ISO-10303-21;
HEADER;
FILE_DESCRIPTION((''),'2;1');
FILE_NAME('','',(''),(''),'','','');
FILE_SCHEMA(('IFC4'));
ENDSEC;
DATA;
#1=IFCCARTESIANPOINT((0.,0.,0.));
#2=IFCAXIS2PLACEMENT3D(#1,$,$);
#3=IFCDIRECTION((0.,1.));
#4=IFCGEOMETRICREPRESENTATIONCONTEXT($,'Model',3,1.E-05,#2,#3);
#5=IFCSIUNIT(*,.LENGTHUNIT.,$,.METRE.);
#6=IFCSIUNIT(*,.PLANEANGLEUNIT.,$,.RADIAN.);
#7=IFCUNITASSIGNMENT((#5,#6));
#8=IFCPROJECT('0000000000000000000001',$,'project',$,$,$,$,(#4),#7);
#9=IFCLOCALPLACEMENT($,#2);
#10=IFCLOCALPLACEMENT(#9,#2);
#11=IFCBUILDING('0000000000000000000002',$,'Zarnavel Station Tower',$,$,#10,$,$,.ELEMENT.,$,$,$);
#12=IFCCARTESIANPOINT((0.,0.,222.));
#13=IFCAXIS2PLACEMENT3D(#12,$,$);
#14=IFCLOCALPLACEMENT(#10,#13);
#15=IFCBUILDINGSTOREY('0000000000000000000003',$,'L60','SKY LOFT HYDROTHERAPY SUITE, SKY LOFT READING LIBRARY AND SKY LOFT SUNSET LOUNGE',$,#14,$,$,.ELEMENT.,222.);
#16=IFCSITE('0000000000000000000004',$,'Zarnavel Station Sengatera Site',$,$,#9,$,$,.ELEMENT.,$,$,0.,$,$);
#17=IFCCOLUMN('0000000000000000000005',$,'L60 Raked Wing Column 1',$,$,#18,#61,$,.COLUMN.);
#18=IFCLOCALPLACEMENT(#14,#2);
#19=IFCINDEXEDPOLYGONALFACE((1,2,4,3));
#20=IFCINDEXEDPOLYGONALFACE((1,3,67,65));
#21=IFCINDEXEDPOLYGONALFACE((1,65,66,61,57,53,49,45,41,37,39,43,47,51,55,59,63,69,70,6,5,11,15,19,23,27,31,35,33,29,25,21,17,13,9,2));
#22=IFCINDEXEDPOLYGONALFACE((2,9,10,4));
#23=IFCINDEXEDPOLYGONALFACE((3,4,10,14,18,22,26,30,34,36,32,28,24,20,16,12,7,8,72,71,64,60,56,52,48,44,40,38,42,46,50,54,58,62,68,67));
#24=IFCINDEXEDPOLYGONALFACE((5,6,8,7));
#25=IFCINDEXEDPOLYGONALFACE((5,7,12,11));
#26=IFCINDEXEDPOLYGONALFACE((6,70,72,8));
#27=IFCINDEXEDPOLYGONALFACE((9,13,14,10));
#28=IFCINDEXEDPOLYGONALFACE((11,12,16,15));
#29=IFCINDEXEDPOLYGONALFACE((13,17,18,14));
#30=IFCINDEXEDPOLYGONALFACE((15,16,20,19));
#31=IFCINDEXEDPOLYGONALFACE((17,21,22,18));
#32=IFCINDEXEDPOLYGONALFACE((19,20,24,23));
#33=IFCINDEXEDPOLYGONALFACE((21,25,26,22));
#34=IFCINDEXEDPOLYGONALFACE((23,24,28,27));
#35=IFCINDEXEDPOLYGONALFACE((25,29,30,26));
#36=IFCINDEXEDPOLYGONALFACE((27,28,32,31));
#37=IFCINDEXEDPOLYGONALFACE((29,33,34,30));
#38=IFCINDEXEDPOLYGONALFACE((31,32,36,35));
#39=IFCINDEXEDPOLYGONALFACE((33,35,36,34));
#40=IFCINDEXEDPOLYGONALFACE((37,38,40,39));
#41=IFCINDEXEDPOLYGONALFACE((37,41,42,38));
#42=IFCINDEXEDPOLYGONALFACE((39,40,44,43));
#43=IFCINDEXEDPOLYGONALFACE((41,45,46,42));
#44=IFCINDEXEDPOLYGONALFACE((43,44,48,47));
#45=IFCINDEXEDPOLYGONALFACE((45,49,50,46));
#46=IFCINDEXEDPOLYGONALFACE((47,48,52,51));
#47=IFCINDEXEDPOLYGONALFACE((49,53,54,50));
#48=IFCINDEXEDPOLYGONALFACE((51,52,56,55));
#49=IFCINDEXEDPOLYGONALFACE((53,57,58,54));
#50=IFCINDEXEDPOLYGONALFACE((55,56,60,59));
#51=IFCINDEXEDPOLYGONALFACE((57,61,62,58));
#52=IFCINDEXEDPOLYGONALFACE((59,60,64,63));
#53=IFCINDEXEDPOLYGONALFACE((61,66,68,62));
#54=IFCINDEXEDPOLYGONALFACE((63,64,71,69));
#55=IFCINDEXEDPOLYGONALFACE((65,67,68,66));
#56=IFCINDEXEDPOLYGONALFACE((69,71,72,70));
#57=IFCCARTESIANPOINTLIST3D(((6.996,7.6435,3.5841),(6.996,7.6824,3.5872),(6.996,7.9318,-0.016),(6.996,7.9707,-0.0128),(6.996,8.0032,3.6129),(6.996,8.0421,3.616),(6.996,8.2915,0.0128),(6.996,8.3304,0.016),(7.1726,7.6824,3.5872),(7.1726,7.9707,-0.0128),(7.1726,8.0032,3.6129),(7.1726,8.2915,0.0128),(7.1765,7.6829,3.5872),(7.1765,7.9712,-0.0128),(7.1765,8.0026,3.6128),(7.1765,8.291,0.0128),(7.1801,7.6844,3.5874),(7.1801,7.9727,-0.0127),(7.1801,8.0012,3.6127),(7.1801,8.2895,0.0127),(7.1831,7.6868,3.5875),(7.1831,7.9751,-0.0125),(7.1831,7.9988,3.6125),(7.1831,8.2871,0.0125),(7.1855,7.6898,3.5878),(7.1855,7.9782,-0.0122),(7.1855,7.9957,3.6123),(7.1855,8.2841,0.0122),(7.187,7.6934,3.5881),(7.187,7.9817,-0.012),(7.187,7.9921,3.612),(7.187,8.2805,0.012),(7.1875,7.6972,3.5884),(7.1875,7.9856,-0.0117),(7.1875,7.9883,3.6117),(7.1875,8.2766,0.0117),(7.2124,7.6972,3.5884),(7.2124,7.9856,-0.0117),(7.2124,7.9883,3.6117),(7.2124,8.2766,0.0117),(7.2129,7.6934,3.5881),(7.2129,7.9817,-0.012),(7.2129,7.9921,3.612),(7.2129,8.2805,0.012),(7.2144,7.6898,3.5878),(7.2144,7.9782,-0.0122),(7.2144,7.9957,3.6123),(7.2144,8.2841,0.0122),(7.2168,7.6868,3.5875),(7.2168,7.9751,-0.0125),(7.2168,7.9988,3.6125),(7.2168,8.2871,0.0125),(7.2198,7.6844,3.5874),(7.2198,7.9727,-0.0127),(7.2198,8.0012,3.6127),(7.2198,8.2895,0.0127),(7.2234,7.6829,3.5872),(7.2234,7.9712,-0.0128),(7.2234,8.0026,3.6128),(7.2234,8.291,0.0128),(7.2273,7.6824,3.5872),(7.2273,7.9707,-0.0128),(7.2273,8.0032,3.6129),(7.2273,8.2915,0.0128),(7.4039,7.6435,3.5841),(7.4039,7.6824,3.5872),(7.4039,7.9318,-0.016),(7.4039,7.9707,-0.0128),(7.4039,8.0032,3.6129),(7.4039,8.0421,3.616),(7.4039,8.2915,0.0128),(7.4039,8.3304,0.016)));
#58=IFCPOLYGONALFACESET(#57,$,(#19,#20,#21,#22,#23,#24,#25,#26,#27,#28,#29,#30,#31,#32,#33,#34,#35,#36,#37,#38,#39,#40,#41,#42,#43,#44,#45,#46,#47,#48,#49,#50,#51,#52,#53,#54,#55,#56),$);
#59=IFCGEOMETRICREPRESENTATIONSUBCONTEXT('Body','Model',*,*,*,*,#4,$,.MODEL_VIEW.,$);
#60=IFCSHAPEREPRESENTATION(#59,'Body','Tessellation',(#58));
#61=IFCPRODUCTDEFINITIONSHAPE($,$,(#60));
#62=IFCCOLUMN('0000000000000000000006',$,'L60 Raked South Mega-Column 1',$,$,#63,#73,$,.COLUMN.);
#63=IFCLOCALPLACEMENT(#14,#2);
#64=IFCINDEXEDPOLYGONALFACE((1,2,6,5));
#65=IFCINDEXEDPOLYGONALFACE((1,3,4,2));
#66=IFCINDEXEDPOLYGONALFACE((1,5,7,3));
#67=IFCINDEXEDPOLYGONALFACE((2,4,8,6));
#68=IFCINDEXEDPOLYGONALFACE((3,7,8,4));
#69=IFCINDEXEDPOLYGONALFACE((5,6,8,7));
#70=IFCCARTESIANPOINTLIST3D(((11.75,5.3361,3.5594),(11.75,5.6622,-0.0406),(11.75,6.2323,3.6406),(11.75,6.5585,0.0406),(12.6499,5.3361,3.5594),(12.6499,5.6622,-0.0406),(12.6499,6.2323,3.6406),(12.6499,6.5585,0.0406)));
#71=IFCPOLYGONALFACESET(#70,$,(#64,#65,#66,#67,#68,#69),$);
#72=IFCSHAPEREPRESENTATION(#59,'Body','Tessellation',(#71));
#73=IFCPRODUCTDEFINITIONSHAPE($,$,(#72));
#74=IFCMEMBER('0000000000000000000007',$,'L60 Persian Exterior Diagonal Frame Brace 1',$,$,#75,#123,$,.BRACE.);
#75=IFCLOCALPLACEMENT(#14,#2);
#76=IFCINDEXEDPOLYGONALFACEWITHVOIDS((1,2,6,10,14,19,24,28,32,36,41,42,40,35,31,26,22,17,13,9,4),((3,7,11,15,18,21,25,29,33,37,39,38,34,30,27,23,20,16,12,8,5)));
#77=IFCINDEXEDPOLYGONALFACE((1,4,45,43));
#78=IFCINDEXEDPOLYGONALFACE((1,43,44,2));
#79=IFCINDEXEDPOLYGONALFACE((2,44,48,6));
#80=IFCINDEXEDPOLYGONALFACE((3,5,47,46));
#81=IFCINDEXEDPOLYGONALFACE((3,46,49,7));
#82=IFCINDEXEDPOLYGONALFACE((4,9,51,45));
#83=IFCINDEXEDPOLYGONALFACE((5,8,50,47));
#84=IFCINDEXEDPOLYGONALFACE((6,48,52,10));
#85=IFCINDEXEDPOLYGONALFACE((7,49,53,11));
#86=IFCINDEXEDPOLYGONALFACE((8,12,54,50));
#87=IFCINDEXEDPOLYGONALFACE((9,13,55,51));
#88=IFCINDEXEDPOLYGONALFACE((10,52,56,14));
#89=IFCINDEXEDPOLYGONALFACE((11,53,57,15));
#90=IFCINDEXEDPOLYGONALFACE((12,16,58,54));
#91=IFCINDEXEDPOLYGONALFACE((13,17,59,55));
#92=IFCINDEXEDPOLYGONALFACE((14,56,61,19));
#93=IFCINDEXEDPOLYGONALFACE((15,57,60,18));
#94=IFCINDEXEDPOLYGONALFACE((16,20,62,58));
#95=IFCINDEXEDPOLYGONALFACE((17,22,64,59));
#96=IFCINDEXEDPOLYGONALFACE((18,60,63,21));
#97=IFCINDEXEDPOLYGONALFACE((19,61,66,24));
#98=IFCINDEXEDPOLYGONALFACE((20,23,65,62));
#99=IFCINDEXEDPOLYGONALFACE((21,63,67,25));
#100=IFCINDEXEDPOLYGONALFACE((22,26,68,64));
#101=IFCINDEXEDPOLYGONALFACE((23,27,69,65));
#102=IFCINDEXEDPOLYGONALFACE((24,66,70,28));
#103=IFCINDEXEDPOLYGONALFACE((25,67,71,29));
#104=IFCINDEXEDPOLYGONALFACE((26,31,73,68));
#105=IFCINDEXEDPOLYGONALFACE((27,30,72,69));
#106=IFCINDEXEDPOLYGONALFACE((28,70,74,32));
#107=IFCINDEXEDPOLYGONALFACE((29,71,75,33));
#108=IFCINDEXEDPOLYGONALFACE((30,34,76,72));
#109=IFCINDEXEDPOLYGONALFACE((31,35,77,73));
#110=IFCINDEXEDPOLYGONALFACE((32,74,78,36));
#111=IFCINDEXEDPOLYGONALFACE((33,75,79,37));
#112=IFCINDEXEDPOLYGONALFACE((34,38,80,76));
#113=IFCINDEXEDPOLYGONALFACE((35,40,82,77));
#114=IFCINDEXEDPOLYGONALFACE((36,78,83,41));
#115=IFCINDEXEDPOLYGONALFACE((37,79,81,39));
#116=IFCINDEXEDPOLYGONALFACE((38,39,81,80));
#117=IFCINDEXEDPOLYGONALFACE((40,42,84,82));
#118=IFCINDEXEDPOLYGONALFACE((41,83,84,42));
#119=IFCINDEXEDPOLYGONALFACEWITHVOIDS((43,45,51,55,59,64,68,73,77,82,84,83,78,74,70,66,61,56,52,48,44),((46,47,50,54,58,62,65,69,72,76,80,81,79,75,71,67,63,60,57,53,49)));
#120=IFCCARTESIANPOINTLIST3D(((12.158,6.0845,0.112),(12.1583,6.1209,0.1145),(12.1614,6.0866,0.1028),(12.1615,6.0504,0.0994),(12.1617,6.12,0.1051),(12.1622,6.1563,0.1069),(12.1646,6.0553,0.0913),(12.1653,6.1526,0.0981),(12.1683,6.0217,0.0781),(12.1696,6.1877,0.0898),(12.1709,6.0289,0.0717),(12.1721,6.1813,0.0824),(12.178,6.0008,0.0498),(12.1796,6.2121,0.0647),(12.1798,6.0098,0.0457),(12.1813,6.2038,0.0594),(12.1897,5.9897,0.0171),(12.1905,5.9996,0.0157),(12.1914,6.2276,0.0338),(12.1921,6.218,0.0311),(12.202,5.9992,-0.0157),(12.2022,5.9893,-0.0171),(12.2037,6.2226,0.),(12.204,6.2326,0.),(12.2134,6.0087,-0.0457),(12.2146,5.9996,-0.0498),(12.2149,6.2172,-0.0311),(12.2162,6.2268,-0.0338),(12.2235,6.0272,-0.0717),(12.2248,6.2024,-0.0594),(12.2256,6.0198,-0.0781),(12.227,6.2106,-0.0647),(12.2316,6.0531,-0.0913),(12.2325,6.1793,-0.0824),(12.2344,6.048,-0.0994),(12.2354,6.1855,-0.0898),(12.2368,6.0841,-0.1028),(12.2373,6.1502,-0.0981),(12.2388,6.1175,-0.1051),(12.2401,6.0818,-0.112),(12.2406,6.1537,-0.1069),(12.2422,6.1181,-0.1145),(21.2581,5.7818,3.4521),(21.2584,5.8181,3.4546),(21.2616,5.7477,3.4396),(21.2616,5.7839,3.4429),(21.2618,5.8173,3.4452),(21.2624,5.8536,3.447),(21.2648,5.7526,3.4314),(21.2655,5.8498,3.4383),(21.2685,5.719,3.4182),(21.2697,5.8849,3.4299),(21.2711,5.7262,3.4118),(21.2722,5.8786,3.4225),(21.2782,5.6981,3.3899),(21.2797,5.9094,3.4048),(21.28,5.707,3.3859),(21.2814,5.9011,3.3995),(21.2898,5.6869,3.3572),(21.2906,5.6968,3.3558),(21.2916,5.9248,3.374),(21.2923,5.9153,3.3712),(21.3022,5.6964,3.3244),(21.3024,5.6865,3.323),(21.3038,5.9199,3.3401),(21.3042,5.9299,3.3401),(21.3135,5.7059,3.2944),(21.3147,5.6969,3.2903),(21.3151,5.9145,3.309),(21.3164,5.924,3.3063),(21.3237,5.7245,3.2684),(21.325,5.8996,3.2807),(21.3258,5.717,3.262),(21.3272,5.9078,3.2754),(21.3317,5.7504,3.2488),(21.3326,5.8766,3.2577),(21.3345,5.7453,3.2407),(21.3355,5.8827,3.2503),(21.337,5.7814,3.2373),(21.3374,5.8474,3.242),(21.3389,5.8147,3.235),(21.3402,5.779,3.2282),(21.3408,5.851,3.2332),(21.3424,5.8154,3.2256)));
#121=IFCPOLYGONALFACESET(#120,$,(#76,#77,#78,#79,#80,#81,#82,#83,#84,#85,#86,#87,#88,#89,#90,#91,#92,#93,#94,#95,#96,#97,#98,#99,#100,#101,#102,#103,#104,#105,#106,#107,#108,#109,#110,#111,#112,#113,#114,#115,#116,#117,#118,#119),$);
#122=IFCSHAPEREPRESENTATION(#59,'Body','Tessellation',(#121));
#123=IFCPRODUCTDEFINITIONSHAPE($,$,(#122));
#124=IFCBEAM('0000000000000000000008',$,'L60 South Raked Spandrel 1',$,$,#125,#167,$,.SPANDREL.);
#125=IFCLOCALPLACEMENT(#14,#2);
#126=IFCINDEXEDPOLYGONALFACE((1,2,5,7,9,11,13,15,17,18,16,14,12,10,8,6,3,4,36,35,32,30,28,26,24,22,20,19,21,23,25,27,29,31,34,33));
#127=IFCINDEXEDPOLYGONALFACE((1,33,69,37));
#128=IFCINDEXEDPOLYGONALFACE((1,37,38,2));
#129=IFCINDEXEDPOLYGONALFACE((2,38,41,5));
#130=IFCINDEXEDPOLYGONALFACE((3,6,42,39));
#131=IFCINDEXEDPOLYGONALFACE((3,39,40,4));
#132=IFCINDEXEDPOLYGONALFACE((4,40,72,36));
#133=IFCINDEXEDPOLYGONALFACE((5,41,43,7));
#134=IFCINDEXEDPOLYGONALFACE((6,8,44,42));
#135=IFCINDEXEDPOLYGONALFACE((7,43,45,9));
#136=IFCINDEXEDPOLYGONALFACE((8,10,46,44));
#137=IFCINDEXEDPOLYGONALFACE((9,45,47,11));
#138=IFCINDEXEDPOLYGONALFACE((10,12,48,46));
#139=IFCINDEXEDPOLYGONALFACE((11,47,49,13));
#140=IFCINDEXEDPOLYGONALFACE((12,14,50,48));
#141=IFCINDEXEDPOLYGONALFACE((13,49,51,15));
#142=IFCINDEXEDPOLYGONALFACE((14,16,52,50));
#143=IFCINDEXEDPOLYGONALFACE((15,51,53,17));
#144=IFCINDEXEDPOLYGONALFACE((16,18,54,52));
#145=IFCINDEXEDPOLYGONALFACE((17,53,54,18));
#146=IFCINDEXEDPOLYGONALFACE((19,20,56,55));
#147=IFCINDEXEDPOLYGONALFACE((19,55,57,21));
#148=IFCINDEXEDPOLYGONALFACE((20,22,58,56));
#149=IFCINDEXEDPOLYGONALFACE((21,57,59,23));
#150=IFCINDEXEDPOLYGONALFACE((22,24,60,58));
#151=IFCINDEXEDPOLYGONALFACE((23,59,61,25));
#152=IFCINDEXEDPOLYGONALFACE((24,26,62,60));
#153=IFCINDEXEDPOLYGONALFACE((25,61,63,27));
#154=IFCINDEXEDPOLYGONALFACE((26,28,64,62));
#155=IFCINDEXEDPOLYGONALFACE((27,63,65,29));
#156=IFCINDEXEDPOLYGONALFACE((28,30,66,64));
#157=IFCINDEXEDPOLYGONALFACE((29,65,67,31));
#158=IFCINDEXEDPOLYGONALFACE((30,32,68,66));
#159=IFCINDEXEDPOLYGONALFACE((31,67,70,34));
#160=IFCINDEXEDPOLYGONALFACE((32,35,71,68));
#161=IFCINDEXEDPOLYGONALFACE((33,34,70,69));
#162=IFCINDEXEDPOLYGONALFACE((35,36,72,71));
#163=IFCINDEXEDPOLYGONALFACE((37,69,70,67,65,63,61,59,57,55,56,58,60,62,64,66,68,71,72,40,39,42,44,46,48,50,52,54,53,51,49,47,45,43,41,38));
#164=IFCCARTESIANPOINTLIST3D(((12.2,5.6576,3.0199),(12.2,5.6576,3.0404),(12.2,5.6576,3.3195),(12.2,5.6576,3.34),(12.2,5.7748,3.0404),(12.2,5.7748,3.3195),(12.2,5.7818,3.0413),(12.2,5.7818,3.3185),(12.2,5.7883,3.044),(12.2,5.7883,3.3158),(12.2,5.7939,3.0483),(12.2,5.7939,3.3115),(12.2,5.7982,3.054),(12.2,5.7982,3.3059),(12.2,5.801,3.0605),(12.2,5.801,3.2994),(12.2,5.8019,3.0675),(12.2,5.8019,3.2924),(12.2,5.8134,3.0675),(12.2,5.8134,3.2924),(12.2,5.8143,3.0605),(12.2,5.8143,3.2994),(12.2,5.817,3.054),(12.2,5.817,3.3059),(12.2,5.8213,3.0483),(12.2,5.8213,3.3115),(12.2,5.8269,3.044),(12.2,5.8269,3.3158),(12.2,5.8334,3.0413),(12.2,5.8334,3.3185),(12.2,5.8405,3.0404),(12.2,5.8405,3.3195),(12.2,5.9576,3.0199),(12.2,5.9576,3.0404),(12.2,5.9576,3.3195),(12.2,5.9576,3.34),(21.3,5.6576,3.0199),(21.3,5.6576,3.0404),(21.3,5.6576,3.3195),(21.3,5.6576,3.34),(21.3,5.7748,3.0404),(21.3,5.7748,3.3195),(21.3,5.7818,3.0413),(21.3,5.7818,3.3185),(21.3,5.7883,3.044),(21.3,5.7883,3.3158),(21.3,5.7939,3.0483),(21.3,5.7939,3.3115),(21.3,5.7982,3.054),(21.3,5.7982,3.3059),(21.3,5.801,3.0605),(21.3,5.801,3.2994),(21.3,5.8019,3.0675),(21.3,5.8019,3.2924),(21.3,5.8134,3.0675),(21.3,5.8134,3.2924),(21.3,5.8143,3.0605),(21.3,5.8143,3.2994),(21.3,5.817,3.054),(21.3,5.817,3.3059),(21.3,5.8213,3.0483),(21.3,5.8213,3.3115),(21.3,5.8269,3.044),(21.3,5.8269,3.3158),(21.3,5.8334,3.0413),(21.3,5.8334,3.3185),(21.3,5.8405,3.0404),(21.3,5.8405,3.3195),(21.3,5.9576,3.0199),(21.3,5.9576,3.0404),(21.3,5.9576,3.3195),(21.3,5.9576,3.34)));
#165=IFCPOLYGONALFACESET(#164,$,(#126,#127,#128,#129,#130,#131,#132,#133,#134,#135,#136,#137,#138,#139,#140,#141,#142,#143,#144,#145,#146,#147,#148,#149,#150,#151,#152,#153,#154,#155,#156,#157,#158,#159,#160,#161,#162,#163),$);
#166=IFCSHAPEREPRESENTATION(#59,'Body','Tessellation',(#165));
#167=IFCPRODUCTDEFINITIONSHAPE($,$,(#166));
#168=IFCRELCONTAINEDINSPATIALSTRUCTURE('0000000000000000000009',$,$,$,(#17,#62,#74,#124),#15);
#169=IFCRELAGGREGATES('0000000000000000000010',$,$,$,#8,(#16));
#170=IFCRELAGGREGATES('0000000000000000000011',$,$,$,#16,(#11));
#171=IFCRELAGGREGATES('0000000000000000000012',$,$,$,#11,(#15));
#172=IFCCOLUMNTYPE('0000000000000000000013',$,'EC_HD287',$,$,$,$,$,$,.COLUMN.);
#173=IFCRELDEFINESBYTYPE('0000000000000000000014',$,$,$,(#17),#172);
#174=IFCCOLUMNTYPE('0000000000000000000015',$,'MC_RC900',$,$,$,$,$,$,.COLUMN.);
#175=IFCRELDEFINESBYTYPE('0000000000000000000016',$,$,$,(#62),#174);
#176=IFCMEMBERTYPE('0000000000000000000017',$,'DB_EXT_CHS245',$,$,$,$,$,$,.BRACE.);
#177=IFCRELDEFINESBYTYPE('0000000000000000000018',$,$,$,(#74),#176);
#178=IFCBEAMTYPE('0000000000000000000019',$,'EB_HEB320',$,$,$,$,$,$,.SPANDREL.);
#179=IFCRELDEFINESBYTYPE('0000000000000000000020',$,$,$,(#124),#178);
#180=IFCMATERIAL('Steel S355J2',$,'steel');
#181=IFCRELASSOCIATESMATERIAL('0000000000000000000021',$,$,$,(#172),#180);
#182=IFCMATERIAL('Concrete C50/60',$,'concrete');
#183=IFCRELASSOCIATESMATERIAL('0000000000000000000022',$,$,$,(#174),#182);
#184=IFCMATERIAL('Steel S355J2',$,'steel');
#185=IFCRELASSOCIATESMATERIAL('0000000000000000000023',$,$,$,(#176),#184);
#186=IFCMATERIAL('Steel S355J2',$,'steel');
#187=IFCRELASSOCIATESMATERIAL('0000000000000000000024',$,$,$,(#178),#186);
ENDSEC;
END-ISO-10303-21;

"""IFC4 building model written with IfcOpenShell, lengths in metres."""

from ifc_helpers import new_model, si_unit, direction, frame, origin, origin_2d, place, context, subcontext, project, spatial, rectangle, hollow_circle, i_section, extrude, material, material_profile, profile_set, type_object, element, save


model = new_model("IFC4")

# Units and contexts
model_context = context("Model", 3, precision=1e-05, world=origin(), true_north=direction((0.0, 1.0)))
body_context = subcontext(model_context, "Body", "Model", "MODEL_VIEW")
ifc_project = project(units=[si_unit("LENGTHUNIT", "METRE"), si_unit("PLANEANGLEUNIT", "RADIAN")], contexts=[model_context])

# Site, building, storey
site_placement = place(None, origin())
site = spatial("IfcSite", under=ifc_project, at=site_placement, Name="Zarnavel Station Sengatera Site", CompositionType="ELEMENT", RefElevation=0.0)
building_placement = place(site_placement, origin())
building = spatial("IfcBuilding", under=site, at=building_placement, Name="Zarnavel Station Tower", CompositionType="ELEMENT")
storey_placement = place(building_placement, frame((0.0, 0.0, 222.0)))
storey = spatial("IfcBuildingStorey", under=building, at=storey_placement, Name="L60", Description="SKY LOFT HYDROTHERAPY SUITE, SKY LOFT READING LIBRARY AND SKY LOFT SUNSET LOUNGE", CompositionType="ELEMENT", Elevation=222.0)

# Columns
ifc_material_1 = material(Name="Steel S355J2", Category="steel")
ifc_material_profile_1 = material_profile(ifc_material_1, i_section(OverallWidth=0.408, OverallDepth=0.3999, WebThickness=0.0249, FlangeThickness=0.0391, FilletRadius=0.0149, at=origin_2d()), Name="HD400x287")
ifc_profile_set_1 = profile_set([ifc_material_profile_1], Name="Steel S355J2")
column_type_1 = type_object("IfcColumnType", Name="EC_HD287", PredefinedType="COLUMN", material=ifc_profile_set_1)
column_1_placement = place(storey_placement, frame((7.2, 8.1311, 0.0), z_axis=(0.0, -0.079834, 0.996808), x_axis=(1.0, 0.0, 0.0)))
element("IfcColumn", 1, at=column_1_placement, inside=storey, type_object=column_type_1, Name="L60 Raked Wing Column 1", PredefinedType="COLUMN", context=body_context, shape_type="SweptSolid", body=[
    extrude(i_section(OverallWidth=0.408, OverallDepth=0.3999, WebThickness=0.0249, FlangeThickness=0.0391, FilletRadius=0.0149, at=origin_2d()), origin(), (0.0, 0.0, 1.0), 3.6116),
])
ifc_material_2 = material(Name="Concrete C50/60", Category="concrete")
ifc_material_profile_2 = material_profile(ifc_material_2, rectangle(XDim=0.8999, YDim=0.8999, at=origin_2d()), Name="RC900x900")
ifc_profile_set_2 = profile_set([ifc_material_profile_2], Name="Concrete C50/60")
column_type_2 = type_object("IfcColumnType", Name="MC_RC900", PredefinedType="COLUMN", material=ifc_profile_set_2)
column_2_placement = place(storey_placement, frame((12.2, 6.1104, 0.0), z_axis=(0.0, -0.090231, 0.995921), x_axis=(1.0, 0.0, 0.0)))
element("IfcColumn", 2, at=column_2_placement, inside=storey, type_object=column_type_2, Name="L60 Raked South Mega-Column 1", PredefinedType="COLUMN", context=body_context, shape_type="SweptSolid", body=[
    extrude(rectangle(XDim=0.8999, YDim=0.8999, at=origin_2d()), origin(), (0.0, 0.0, 1.0), 3.6147),
])

# Member
ifc_material_3 = material(Name="Steel S355J2", Category="steel")
ifc_material_profile_3 = material_profile(ifc_material_3, hollow_circle(Radius=0.1223, WallThickness=0.01, at=origin_2d()), Name="CHS244.5x10")
ifc_profile_set_3 = profile_set([ifc_material_profile_3], Name="Steel S355J2")
member_type = type_object("IfcMemberType", Name="DB_EXT_CHS245", PredefinedType="BRACE", material=ifc_profile_set_3)
member_placement = place(storey_placement, frame((12.2, 6.1104, 0.0), z_axis=(0.938306, -0.031215, 0.344395), x_axis=(0.033249, 0.999447, 0.0)))
element("IfcMember", 3, at=member_placement, inside=storey, type_object=member_type, Name="L60 Persian Exterior Diagonal Frame Brace 1", PredefinedType="BRACE", context=body_context, shape_type="SweptSolid", body=[
    extrude(hollow_circle(Radius=0.1223, WallThickness=0.01, at=origin_2d()), origin(), (0.0, 0.0, 1.0), 9.6985),
])

# Beam
ifc_material_4 = material(Name="Steel S355J2", Category="steel")
ifc_material_profile_4 = material_profile(ifc_material_4, i_section(OverallWidth=0.3, OverallDepth=0.3201, WebThickness=0.0115, FlangeThickness=0.0205, FilletRadius=0.0271, at=origin_2d()), Name="HEB320")
ifc_profile_set_4 = profile_set([ifc_material_profile_4], Name="Steel S355J2")
beam_type_1 = type_object("IfcBeamType", Name="EB_HEB320", PredefinedType="SPANDREL", material=ifc_profile_set_4)
beam_1_placement = place(storey_placement, frame((12.2, 5.8076, 3.1799), z_axis=(1.0, 0.0, 0.0), x_axis=(0.0, 1.0, 0.0)))
element("IfcBeam", 4, at=beam_1_placement, inside=storey, type_object=beam_type_1, Name="L60 South Raked Spandrel 1", PredefinedType="SPANDREL", context=body_context, shape_type="SweptSolid", body=[
    extrude(i_section(OverallWidth=0.3, OverallDepth=0.3201, WebThickness=0.0115, FlangeThickness=0.0205, FilletRadius=0.0271, at=origin_2d()), origin(), (0.0, 0.0, 1.0), 9.1001),
])

save(model, "model.ifc")
